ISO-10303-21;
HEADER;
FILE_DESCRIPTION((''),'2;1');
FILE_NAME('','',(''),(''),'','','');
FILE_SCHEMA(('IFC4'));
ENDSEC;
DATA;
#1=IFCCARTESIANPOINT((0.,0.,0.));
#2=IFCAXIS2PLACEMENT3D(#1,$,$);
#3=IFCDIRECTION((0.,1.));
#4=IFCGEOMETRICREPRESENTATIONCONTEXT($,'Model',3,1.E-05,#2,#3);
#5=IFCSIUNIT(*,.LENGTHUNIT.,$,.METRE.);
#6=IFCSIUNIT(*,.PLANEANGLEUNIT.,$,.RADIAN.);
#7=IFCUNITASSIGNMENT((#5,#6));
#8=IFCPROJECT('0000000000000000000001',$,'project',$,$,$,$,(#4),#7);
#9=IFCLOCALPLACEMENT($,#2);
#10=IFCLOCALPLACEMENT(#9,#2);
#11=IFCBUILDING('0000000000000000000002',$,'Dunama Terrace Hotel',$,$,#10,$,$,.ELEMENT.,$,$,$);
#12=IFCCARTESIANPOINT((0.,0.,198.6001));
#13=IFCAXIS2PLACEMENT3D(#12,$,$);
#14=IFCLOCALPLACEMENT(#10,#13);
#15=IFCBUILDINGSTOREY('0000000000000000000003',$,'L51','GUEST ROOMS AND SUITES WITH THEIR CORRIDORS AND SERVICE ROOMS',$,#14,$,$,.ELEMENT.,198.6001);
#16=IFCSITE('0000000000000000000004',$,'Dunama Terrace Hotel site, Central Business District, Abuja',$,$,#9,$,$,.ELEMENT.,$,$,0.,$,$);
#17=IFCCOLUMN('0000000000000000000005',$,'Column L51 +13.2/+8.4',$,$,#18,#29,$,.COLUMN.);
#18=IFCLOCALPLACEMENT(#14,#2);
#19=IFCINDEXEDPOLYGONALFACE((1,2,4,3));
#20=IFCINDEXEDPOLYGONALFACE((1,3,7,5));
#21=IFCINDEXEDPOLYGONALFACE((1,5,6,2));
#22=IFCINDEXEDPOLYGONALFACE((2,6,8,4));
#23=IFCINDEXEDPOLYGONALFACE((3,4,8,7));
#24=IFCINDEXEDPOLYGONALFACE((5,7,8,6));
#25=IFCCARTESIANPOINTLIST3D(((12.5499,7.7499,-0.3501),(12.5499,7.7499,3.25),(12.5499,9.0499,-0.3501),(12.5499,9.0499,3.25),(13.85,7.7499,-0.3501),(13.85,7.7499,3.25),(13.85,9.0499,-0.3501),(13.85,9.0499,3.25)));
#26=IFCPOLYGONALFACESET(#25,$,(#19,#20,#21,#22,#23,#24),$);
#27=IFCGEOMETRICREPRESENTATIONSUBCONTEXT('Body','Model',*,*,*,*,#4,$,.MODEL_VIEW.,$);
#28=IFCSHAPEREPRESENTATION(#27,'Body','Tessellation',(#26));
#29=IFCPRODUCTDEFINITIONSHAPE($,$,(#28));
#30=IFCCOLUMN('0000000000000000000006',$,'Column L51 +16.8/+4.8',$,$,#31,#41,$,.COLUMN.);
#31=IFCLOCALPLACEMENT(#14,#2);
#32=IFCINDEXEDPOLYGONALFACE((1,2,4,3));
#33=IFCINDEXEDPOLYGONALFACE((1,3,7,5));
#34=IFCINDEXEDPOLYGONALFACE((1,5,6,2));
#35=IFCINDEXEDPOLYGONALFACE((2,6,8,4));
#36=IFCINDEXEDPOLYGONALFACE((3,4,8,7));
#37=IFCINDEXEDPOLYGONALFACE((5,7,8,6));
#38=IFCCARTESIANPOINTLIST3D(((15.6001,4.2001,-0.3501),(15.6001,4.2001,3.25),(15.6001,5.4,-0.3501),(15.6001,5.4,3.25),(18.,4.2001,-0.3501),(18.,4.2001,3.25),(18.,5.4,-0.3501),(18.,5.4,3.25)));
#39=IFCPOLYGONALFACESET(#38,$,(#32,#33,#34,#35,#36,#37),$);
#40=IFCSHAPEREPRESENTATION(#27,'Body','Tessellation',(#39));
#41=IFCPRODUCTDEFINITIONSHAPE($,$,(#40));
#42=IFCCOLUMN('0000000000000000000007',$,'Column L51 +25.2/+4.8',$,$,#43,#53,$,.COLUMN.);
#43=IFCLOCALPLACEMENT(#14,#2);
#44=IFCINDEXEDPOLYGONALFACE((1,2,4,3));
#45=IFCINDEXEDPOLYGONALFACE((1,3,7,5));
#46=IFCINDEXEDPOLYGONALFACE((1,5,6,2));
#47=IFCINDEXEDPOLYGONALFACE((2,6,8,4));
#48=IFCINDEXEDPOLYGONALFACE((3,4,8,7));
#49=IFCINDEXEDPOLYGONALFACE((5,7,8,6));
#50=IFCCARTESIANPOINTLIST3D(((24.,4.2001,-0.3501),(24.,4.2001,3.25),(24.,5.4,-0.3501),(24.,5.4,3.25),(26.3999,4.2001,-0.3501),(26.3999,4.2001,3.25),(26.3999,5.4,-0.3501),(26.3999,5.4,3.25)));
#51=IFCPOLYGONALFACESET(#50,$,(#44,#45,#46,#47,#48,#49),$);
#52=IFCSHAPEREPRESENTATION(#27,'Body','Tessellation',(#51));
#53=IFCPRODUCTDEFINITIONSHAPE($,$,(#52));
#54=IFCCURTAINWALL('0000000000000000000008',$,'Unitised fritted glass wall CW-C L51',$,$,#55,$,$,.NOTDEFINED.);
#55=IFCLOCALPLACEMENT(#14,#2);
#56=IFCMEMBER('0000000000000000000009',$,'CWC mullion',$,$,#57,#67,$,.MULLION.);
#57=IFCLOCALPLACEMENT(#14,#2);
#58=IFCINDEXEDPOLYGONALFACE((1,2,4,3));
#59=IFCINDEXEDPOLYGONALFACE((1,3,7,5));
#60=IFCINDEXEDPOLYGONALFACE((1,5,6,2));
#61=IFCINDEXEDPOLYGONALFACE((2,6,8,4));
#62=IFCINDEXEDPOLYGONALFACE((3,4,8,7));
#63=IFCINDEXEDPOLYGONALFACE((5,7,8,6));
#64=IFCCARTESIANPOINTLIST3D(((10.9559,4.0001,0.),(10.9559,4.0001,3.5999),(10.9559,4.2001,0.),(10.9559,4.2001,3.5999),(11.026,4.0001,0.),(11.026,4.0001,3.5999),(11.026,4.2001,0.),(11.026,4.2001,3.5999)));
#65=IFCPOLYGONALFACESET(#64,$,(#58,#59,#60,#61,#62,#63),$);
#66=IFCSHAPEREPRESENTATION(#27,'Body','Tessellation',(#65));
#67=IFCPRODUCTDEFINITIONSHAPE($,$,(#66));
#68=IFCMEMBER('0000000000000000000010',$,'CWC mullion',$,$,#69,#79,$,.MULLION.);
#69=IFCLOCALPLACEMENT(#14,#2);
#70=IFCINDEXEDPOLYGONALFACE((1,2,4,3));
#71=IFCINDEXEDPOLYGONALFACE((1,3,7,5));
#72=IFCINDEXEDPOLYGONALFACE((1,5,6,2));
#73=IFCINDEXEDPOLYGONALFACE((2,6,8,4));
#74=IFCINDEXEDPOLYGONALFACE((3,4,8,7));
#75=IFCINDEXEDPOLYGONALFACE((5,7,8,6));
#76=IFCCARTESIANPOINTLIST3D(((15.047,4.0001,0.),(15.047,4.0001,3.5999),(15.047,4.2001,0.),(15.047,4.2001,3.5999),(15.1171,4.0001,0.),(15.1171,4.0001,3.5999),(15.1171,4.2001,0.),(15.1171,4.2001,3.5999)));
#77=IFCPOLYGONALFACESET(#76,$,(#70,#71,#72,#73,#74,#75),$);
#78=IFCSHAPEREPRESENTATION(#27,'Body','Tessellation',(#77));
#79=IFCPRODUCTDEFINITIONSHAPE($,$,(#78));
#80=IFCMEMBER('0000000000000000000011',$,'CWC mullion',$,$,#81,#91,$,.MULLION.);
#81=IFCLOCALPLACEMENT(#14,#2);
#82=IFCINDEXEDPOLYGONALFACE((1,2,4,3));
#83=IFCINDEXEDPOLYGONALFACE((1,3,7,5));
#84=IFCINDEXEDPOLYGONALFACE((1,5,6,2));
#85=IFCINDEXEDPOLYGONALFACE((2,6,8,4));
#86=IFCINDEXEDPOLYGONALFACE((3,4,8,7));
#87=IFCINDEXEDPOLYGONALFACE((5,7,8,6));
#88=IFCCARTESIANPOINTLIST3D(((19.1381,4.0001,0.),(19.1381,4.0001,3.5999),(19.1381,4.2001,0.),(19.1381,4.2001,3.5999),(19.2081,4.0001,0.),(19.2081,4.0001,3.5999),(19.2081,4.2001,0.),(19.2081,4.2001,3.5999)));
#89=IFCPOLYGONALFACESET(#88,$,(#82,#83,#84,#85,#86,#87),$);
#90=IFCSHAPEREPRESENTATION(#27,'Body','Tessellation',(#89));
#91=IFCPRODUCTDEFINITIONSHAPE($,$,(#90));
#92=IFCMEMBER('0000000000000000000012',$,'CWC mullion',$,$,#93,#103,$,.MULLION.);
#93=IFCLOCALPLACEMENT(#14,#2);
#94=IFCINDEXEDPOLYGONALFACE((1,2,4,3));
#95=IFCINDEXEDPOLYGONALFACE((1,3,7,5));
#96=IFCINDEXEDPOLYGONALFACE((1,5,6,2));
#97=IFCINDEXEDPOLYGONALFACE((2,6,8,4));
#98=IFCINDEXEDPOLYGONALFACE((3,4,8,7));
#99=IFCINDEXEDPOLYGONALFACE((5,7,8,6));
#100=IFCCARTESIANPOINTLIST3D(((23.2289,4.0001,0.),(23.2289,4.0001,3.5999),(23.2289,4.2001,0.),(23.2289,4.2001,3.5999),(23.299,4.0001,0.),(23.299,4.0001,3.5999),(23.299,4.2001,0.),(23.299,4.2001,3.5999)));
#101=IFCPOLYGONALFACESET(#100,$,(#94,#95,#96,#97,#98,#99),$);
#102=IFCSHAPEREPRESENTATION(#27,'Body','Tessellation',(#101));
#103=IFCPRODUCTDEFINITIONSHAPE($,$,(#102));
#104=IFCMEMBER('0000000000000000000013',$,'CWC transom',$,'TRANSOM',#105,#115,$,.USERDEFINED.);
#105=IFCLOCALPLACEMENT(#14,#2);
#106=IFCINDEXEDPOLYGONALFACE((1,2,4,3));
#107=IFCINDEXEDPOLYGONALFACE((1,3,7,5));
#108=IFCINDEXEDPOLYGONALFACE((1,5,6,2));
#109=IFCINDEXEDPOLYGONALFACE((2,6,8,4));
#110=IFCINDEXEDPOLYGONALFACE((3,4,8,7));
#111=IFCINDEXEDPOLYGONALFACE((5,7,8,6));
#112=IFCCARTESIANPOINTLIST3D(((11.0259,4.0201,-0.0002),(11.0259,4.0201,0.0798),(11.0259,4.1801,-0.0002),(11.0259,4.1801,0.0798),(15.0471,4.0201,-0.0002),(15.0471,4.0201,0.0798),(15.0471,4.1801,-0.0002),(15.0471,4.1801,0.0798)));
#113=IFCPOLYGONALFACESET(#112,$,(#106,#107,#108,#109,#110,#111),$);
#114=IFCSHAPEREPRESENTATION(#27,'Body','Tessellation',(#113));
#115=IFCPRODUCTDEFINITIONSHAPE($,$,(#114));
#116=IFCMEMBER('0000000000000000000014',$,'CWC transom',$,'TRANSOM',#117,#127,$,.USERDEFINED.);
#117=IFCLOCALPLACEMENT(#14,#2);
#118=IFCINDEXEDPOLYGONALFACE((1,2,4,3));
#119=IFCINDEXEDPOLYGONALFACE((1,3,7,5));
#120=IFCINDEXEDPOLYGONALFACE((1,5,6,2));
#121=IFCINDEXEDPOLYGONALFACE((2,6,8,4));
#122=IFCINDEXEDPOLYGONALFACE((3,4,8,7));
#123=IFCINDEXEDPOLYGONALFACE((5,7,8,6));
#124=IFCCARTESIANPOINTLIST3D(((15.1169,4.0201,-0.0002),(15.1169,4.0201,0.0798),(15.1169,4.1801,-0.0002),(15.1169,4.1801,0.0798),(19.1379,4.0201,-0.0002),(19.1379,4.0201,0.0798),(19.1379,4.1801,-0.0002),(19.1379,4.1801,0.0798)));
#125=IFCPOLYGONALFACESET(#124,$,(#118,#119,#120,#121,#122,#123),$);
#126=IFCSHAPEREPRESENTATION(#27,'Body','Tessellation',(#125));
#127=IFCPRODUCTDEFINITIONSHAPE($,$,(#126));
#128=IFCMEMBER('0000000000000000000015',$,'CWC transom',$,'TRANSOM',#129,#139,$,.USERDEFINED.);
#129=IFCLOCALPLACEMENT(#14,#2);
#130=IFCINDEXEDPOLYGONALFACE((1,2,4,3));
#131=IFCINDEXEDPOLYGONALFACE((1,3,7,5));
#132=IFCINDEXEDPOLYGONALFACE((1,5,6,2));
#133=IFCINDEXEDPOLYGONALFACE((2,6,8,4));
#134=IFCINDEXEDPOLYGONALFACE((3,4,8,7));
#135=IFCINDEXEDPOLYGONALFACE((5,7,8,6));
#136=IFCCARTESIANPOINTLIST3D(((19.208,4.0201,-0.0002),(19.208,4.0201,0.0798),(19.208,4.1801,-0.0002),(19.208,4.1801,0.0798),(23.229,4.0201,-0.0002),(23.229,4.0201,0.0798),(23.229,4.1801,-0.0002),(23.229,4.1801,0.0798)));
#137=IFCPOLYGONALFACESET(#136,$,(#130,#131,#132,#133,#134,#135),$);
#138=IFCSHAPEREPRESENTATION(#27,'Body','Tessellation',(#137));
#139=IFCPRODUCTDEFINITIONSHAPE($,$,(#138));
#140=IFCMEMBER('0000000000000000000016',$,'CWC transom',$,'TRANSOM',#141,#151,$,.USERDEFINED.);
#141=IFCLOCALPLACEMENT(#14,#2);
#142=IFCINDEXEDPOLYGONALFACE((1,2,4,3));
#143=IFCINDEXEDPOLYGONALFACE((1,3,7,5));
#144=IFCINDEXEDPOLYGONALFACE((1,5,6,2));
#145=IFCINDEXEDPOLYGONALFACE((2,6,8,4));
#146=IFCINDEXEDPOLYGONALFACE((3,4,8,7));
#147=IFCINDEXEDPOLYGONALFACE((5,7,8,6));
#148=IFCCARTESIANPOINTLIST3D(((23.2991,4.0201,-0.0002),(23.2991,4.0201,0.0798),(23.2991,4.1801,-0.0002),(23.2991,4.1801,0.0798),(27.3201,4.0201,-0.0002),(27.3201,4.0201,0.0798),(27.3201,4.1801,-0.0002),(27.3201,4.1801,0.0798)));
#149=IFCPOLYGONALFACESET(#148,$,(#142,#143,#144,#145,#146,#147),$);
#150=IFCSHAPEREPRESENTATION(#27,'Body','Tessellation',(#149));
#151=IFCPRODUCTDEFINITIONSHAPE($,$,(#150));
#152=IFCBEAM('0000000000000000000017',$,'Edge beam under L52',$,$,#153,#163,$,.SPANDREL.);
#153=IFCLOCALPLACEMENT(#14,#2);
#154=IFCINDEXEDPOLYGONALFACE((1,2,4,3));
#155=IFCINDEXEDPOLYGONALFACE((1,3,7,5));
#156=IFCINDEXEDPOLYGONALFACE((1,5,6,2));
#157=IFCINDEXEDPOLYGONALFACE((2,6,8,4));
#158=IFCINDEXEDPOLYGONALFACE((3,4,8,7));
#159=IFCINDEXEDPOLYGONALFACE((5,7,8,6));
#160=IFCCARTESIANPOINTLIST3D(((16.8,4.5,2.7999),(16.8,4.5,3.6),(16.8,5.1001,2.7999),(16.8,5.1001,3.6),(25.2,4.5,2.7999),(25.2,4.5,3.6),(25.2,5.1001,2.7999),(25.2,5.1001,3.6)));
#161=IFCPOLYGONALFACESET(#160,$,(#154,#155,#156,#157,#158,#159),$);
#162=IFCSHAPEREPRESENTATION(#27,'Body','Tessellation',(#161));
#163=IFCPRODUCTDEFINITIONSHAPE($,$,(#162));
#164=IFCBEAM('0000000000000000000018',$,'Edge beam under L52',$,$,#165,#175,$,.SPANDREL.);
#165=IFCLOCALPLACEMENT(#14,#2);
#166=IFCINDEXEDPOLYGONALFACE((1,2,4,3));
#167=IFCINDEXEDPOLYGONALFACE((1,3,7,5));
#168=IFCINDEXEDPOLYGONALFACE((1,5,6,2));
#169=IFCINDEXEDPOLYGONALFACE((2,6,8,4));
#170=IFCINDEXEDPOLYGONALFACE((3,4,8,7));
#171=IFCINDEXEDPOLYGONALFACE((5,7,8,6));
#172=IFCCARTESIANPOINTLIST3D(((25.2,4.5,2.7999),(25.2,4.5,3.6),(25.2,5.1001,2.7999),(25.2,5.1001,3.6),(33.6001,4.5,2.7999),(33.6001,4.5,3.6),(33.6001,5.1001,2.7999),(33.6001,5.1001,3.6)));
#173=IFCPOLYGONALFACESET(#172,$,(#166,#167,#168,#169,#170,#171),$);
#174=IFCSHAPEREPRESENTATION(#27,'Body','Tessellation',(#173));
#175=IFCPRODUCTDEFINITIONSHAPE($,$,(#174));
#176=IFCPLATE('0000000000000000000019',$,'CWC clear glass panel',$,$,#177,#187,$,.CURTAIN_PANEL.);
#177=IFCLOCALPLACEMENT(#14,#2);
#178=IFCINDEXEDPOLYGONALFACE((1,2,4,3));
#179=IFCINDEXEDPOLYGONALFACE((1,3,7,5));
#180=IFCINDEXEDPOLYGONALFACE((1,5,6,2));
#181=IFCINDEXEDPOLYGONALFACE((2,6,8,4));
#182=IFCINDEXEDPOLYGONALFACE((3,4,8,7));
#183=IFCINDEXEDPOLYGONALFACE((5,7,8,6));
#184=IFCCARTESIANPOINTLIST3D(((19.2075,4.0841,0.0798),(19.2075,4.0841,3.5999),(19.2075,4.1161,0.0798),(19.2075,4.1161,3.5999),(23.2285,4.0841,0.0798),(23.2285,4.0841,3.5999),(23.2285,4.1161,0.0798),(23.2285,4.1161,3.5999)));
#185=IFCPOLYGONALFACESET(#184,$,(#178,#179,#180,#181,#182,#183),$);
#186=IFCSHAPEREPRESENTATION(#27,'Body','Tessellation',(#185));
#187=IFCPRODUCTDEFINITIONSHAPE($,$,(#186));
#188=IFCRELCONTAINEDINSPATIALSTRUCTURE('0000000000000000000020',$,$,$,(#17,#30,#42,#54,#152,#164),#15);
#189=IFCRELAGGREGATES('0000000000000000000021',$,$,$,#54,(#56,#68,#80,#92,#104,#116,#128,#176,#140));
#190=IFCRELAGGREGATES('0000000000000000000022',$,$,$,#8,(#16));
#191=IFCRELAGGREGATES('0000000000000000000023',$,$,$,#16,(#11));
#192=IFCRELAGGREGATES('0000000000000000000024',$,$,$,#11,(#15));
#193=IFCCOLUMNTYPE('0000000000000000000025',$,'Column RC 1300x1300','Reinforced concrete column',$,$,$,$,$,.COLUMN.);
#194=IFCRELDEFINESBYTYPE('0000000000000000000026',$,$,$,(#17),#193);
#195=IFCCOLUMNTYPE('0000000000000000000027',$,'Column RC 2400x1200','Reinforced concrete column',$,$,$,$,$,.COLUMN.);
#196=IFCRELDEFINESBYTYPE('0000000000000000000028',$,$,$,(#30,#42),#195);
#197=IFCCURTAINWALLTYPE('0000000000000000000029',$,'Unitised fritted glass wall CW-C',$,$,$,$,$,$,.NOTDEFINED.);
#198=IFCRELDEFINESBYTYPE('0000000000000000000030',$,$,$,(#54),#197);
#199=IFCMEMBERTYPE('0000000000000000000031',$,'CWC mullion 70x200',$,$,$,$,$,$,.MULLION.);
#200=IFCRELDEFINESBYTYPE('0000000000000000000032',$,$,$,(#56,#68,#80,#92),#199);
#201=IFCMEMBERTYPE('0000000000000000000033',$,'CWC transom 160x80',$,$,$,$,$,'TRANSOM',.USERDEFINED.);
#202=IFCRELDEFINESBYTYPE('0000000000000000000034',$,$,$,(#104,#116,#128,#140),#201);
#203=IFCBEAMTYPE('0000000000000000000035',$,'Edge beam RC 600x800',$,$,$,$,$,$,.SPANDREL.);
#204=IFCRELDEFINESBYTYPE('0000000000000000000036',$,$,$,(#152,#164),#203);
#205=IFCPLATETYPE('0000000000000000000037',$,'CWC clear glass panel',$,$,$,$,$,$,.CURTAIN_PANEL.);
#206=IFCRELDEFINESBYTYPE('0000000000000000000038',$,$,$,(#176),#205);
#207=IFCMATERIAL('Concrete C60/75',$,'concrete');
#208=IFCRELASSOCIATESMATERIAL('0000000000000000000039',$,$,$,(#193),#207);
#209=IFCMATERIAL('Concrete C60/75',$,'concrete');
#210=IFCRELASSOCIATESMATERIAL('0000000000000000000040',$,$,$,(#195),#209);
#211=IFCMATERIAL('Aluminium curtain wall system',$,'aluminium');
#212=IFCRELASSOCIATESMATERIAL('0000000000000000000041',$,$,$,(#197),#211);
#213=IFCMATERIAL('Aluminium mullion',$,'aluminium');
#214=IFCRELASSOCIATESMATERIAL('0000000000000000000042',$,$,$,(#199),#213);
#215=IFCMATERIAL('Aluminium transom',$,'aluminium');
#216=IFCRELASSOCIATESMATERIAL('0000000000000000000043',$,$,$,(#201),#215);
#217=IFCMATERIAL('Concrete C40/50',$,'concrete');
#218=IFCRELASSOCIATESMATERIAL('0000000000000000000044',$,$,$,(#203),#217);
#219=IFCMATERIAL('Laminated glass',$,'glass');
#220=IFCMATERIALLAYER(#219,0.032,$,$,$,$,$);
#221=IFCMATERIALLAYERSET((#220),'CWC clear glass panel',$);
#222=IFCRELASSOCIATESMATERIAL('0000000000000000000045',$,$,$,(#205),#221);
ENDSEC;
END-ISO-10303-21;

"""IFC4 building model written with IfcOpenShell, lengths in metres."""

from ifc_helpers import new_model, si_unit, direction, frame, origin, origin_2d, place, context, subcontext, project, spatial, rectangle, extrude, material, layer, layer_set, material_profile, profile_set, type_object, element, aggregate, save


model = new_model("IFC4")

# Units and contexts
model_context = context("Model", 3, precision=1e-05, world=origin(), true_north=direction((0.0, 1.0)))
body_context = subcontext(model_context, "Body", "Model", "MODEL_VIEW")
ifc_project = project(units=[si_unit("LENGTHUNIT", "METRE"), si_unit("PLANEANGLEUNIT", "RADIAN")], contexts=[model_context])

# Site, building, storey
site_placement = place(None, origin())
site = spatial("IfcSite", under=ifc_project, at=site_placement, Name="Dunama Terrace Hotel site, Central Business District, Abuja", CompositionType="ELEMENT", RefElevation=0.0)
building_placement = place(site_placement, origin())
building = spatial("IfcBuilding", under=site, at=building_placement, Name="Dunama Terrace Hotel", CompositionType="ELEMENT")
storey_placement = place(building_placement, frame((0.0, 0.0, 198.6001)))
storey = spatial("IfcBuildingStorey", under=building, at=storey_placement, Name="L51", Description="GUEST ROOMS AND SUITES WITH THEIR CORRIDORS AND SERVICE ROOMS", CompositionType="ELEMENT", Elevation=198.6001)

# Columns
ifc_material_1 = material(Name="Concrete C60/75", Category="concrete")
ifc_material_profile_1 = material_profile(ifc_material_1, rectangle(XDim=1.3, YDim=1.3, at=origin_2d()), Name="RC 1300x1300")
ifc_profile_set_1 = profile_set([ifc_material_profile_1], Name="Concrete C60/75")
column_type_1 = type_object("IfcColumnType", Name="Column RC 1300x1300", Description="Reinforced concrete column", PredefinedType="COLUMN", material=ifc_profile_set_1)
column_placement = place(storey_placement, frame((13.2, 8.3999, -0.3501), z_axis=(0.0, 0.0, 1.0), x_axis=(1.0, 0.0, 0.0)))
element("IfcColumn", 1, at=column_placement, inside=storey, type_object=column_type_1, Name="Column L51 +13.2/+8.4", PredefinedType="COLUMN", context=body_context, shape_type="SweptSolid", body=[
    extrude(rectangle(XDim=1.3, YDim=1.3, at=origin_2d()), origin(), (0.0, 0.0, 1.0), 3.6001),
])
ifc_material_2 = material(Name="Concrete C60/75", Category="concrete")
ifc_material_profile_2 = material_profile(ifc_material_2, rectangle(XDim=2.3999, YDim=1.2, at=origin_2d()), Name="RC 2400x1200")
ifc_profile_set_2 = profile_set([ifc_material_profile_2], Name="Concrete C60/75")
column_type_2 = type_object("IfcColumnType", Name="Column RC 2400x1200", Description="Reinforced concrete column", PredefinedType="COLUMN", material=ifc_profile_set_2)
for number, where, z_axis, x_axis, name in (
    (2, (16.8, 4.8, -0.3501), (0.0, 0.0, 1.0), (1.0, 0.0, 0.0), "Column L51 +16.8/+4.8"),
    (3, (25.2, 4.8, -0.3501), (0.0, 0.0, 1.0), (1.0, 0.0, 0.0), "Column L51 +25.2/+4.8"),
):
    element("IfcColumn", number, at=place(storey_placement, frame(where, z_axis=z_axis, x_axis=x_axis)), inside=storey, type_object=column_type_2, Name=name, PredefinedType="COLUMN", context=body_context, shape_type="SweptSolid", body=[
        extrude(rectangle(XDim=2.3999, YDim=1.2, at=origin_2d()), origin(), (0.0, 0.0, 1.0), 3.6001),
    ])

# Curtain wall, members
ifc_material_3 = material(Name="Aluminium curtain wall system", Category="aluminium")
curtain_wall_type = type_object("IfcCurtainWallType", Name="Unitised fritted glass wall CW-C", PredefinedType="NOTDEFINED", material=ifc_material_3)
curtain_wall_placement = place(storey_placement, origin())
curtain_wall = element("IfcCurtainWall", 4, at=curtain_wall_placement, inside=storey, type_object=curtain_wall_type, Name="Unitised fritted glass wall CW-C L51", PredefinedType="NOTDEFINED")
ifc_material_4 = material(Name="Aluminium mullion", Category="aluminium")
ifc_material_profile_3 = material_profile(ifc_material_4, rectangle(XDim=0.0701, YDim=0.2, at=origin_2d()), Name="CWC MULLION 70X200")
ifc_profile_set_3 = profile_set([ifc_material_profile_3], Name="Aluminium mullion")
member_type_1 = type_object("IfcMemberType", Name="CWC mullion 70x200", PredefinedType="MULLION", material=ifc_profile_set_3)
member_1_placement = place(storey_placement, frame((10.991, 4.1001, 0.0), z_axis=(0.0, 0.0, 1.0), x_axis=(1.0, 0.0, 0.0)))
member_1 = element("IfcMember", 5, at=member_1_placement, type_object=member_type_1, Name="CWC mullion", PredefinedType="MULLION", context=body_context, shape_type="SweptSolid", body=[
    extrude(rectangle(XDim=0.0701, YDim=0.2, at=origin_2d()), origin(), (0.0, 0.0, 1.0), 3.5999),
])
member_2_placement = place(storey_placement, frame((15.082, 4.1001, 0.0), z_axis=(0.0, 0.0, 1.0), x_axis=(1.0, 0.0, 0.0)))
member_2 = element("IfcMember", 6, at=member_2_placement, type_object=member_type_1, Name="CWC mullion", PredefinedType="MULLION", context=body_context, shape_type="SweptSolid", body=[
    extrude(rectangle(XDim=0.0701, YDim=0.2, at=origin_2d()), origin(), (0.0, 0.0, 1.0), 3.5999),
])
member_3_placement = place(storey_placement, frame((19.1731, 4.1001, 0.0), z_axis=(0.0, 0.0, 1.0), x_axis=(1.0, 0.0, 0.0)))
member_3 = element("IfcMember", 7, at=member_3_placement, type_object=member_type_1, Name="CWC mullion", PredefinedType="MULLION", context=body_context, shape_type="SweptSolid", body=[
    extrude(rectangle(XDim=0.0701, YDim=0.2, at=origin_2d()), origin(), (0.0, 0.0, 1.0), 3.5999),
])
member_4_placement = place(storey_placement, frame((23.2639, 4.1001, 0.0), z_axis=(0.0, 0.0, 1.0), x_axis=(1.0, 0.0, 0.0)))
member_4 = element("IfcMember", 8, at=member_4_placement, type_object=member_type_1, Name="CWC mullion", PredefinedType="MULLION", context=body_context, shape_type="SweptSolid", body=[
    extrude(rectangle(XDim=0.0701, YDim=0.2, at=origin_2d()), origin(), (0.0, 0.0, 1.0), 3.5999),
])
ifc_material_5 = material(Name="Aluminium transom", Category="aluminium")
ifc_material_profile_4 = material_profile(ifc_material_5, rectangle(XDim=0.1599, YDim=0.0801, at=origin_2d()), Name="CWC TRANSOM 160X80")
ifc_profile_set_4 = profile_set([ifc_material_profile_4], Name="Aluminium transom")
member_type_2 = type_object("IfcMemberType", Name="CWC transom 160x80", ElementType="TRANSOM", PredefinedType="USERDEFINED", material=ifc_profile_set_4)
member_5_placement = place(storey_placement, frame((11.0259, 4.1001, 0.0398), z_axis=(1.0, 0.0, 0.0), x_axis=(0.0, 1.0, 0.0)))
member_5 = element("IfcMember", 9, at=member_5_placement, type_object=member_type_2, Name="CWC transom", ObjectType="TRANSOM", PredefinedType="USERDEFINED", context=body_context, shape_type="SweptSolid", body=[
    extrude(rectangle(XDim=0.1599, YDim=0.0801, at=origin_2d()), origin(), (0.0, 0.0, 1.0), 4.0212),
])
member_6_placement = place(storey_placement, frame((15.1169, 4.1001, 0.0398), z_axis=(1.0, 0.0, 0.0), x_axis=(0.0, 1.0, 0.0)))
member_6 = element("IfcMember", 10, at=member_6_placement, type_object=member_type_2, Name="CWC transom", ObjectType="TRANSOM", PredefinedType="USERDEFINED", context=body_context, shape_type="SweptSolid", body=[
    extrude(rectangle(XDim=0.1599, YDim=0.0801, at=origin_2d()), origin(), (0.0, 0.0, 1.0), 4.021),
])
member_7_placement = place(storey_placement, frame((19.208, 4.1001, 0.0398), z_axis=(1.0, 0.0, 0.0), x_axis=(0.0, 1.0, 0.0)))
member_7 = element("IfcMember", 11, at=member_7_placement, type_object=member_type_2, Name="CWC transom", ObjectType="TRANSOM", PredefinedType="USERDEFINED", context=body_context, shape_type="SweptSolid", body=[
    extrude(rectangle(XDim=0.1599, YDim=0.0801, at=origin_2d()), origin(), (0.0, 0.0, 1.0), 4.021),
])
member_8_placement = place(storey_placement, frame((23.2991, 4.1001, 0.0398), z_axis=(1.0, 0.0, 0.0), x_axis=(0.0, 1.0, 0.0)))
member_8 = element("IfcMember", 12, at=member_8_placement, type_object=member_type_2, Name="CWC transom", ObjectType="TRANSOM", PredefinedType="USERDEFINED", context=body_context, shape_type="SweptSolid", body=[
    extrude(rectangle(XDim=0.1599, YDim=0.0801, at=origin_2d()), origin(), (0.0, 0.0, 1.0), 4.021),
])

# Beams
ifc_material_6 = material(Name="Concrete C40/50", Category="concrete")
ifc_material_profile_5 = material_profile(ifc_material_6, rectangle(XDim=0.6001, YDim=0.8, at=origin_2d()), Name="RC 600x800")
ifc_profile_set_5 = profile_set([ifc_material_profile_5], Name="Concrete C40/50")
beam_type = type_object("IfcBeamType", Name="Edge beam RC 600x800", PredefinedType="SPANDREL", material=ifc_profile_set_5)
beam_1_placement = place(storey_placement, frame((16.8, 4.8, 3.2), z_axis=(1.0, 0.0, 0.0), x_axis=(0.0, 1.0, 0.0)))
element("IfcBeam", 13, at=beam_1_placement, inside=storey, type_object=beam_type, Name="Edge beam under L52", PredefinedType="SPANDREL", context=body_context, shape_type="SweptSolid", body=[
    extrude(rectangle(XDim=0.6001, YDim=0.8, at=origin_2d()), origin(), (0.0, 0.0, 1.0), 8.3999),
])
beam_2_placement = place(storey_placement, frame((25.2, 4.8, 3.2), z_axis=(1.0, 0.0, 0.0), x_axis=(0.0, 1.0, 0.0)))
element("IfcBeam", 14, at=beam_2_placement, inside=storey, type_object=beam_type, Name="Edge beam under L52", PredefinedType="SPANDREL", context=body_context, shape_type="SweptSolid", body=[
    extrude(rectangle(XDim=0.6001, YDim=0.8, at=origin_2d()), origin(), (0.0, 0.0, 1.0), 8.4001),
])

# Plate
ifc_material_7 = material(Name="Laminated glass", Category="glass")
ifc_layer_1 = layer(ifc_material_7, 0.032)
ifc_layer_set_1 = layer_set([ifc_layer_1], Name="CWC clear glass panel")
plate_type_1 = type_object("IfcPlateType", Name="CWC clear glass panel", PredefinedType="CURTAIN_PANEL", material=ifc_layer_set_1)
plate_1_placement = place(storey_placement, frame((21.218, 4.1001, 0.0798), z_axis=(0.0, 0.0, 1.0), x_axis=(1.0, 0.0, 0.0)))
plate_1 = element("IfcPlate", 15, at=plate_1_placement, type_object=plate_type_1, Name="CWC clear glass panel", PredefinedType="CURTAIN_PANEL", context=body_context, shape_type="SweptSolid", body=[
    extrude(rectangle(XDim=4.021, YDim=0.032, at=origin_2d()), origin(), (0.0, 0.0, 1.0), 3.52),
])
aggregate(curtain_wall, [member_1, member_2, member_3, member_4, member_5, member_6, member_7, plate_1, member_8])

save(model, "model.ifc")
